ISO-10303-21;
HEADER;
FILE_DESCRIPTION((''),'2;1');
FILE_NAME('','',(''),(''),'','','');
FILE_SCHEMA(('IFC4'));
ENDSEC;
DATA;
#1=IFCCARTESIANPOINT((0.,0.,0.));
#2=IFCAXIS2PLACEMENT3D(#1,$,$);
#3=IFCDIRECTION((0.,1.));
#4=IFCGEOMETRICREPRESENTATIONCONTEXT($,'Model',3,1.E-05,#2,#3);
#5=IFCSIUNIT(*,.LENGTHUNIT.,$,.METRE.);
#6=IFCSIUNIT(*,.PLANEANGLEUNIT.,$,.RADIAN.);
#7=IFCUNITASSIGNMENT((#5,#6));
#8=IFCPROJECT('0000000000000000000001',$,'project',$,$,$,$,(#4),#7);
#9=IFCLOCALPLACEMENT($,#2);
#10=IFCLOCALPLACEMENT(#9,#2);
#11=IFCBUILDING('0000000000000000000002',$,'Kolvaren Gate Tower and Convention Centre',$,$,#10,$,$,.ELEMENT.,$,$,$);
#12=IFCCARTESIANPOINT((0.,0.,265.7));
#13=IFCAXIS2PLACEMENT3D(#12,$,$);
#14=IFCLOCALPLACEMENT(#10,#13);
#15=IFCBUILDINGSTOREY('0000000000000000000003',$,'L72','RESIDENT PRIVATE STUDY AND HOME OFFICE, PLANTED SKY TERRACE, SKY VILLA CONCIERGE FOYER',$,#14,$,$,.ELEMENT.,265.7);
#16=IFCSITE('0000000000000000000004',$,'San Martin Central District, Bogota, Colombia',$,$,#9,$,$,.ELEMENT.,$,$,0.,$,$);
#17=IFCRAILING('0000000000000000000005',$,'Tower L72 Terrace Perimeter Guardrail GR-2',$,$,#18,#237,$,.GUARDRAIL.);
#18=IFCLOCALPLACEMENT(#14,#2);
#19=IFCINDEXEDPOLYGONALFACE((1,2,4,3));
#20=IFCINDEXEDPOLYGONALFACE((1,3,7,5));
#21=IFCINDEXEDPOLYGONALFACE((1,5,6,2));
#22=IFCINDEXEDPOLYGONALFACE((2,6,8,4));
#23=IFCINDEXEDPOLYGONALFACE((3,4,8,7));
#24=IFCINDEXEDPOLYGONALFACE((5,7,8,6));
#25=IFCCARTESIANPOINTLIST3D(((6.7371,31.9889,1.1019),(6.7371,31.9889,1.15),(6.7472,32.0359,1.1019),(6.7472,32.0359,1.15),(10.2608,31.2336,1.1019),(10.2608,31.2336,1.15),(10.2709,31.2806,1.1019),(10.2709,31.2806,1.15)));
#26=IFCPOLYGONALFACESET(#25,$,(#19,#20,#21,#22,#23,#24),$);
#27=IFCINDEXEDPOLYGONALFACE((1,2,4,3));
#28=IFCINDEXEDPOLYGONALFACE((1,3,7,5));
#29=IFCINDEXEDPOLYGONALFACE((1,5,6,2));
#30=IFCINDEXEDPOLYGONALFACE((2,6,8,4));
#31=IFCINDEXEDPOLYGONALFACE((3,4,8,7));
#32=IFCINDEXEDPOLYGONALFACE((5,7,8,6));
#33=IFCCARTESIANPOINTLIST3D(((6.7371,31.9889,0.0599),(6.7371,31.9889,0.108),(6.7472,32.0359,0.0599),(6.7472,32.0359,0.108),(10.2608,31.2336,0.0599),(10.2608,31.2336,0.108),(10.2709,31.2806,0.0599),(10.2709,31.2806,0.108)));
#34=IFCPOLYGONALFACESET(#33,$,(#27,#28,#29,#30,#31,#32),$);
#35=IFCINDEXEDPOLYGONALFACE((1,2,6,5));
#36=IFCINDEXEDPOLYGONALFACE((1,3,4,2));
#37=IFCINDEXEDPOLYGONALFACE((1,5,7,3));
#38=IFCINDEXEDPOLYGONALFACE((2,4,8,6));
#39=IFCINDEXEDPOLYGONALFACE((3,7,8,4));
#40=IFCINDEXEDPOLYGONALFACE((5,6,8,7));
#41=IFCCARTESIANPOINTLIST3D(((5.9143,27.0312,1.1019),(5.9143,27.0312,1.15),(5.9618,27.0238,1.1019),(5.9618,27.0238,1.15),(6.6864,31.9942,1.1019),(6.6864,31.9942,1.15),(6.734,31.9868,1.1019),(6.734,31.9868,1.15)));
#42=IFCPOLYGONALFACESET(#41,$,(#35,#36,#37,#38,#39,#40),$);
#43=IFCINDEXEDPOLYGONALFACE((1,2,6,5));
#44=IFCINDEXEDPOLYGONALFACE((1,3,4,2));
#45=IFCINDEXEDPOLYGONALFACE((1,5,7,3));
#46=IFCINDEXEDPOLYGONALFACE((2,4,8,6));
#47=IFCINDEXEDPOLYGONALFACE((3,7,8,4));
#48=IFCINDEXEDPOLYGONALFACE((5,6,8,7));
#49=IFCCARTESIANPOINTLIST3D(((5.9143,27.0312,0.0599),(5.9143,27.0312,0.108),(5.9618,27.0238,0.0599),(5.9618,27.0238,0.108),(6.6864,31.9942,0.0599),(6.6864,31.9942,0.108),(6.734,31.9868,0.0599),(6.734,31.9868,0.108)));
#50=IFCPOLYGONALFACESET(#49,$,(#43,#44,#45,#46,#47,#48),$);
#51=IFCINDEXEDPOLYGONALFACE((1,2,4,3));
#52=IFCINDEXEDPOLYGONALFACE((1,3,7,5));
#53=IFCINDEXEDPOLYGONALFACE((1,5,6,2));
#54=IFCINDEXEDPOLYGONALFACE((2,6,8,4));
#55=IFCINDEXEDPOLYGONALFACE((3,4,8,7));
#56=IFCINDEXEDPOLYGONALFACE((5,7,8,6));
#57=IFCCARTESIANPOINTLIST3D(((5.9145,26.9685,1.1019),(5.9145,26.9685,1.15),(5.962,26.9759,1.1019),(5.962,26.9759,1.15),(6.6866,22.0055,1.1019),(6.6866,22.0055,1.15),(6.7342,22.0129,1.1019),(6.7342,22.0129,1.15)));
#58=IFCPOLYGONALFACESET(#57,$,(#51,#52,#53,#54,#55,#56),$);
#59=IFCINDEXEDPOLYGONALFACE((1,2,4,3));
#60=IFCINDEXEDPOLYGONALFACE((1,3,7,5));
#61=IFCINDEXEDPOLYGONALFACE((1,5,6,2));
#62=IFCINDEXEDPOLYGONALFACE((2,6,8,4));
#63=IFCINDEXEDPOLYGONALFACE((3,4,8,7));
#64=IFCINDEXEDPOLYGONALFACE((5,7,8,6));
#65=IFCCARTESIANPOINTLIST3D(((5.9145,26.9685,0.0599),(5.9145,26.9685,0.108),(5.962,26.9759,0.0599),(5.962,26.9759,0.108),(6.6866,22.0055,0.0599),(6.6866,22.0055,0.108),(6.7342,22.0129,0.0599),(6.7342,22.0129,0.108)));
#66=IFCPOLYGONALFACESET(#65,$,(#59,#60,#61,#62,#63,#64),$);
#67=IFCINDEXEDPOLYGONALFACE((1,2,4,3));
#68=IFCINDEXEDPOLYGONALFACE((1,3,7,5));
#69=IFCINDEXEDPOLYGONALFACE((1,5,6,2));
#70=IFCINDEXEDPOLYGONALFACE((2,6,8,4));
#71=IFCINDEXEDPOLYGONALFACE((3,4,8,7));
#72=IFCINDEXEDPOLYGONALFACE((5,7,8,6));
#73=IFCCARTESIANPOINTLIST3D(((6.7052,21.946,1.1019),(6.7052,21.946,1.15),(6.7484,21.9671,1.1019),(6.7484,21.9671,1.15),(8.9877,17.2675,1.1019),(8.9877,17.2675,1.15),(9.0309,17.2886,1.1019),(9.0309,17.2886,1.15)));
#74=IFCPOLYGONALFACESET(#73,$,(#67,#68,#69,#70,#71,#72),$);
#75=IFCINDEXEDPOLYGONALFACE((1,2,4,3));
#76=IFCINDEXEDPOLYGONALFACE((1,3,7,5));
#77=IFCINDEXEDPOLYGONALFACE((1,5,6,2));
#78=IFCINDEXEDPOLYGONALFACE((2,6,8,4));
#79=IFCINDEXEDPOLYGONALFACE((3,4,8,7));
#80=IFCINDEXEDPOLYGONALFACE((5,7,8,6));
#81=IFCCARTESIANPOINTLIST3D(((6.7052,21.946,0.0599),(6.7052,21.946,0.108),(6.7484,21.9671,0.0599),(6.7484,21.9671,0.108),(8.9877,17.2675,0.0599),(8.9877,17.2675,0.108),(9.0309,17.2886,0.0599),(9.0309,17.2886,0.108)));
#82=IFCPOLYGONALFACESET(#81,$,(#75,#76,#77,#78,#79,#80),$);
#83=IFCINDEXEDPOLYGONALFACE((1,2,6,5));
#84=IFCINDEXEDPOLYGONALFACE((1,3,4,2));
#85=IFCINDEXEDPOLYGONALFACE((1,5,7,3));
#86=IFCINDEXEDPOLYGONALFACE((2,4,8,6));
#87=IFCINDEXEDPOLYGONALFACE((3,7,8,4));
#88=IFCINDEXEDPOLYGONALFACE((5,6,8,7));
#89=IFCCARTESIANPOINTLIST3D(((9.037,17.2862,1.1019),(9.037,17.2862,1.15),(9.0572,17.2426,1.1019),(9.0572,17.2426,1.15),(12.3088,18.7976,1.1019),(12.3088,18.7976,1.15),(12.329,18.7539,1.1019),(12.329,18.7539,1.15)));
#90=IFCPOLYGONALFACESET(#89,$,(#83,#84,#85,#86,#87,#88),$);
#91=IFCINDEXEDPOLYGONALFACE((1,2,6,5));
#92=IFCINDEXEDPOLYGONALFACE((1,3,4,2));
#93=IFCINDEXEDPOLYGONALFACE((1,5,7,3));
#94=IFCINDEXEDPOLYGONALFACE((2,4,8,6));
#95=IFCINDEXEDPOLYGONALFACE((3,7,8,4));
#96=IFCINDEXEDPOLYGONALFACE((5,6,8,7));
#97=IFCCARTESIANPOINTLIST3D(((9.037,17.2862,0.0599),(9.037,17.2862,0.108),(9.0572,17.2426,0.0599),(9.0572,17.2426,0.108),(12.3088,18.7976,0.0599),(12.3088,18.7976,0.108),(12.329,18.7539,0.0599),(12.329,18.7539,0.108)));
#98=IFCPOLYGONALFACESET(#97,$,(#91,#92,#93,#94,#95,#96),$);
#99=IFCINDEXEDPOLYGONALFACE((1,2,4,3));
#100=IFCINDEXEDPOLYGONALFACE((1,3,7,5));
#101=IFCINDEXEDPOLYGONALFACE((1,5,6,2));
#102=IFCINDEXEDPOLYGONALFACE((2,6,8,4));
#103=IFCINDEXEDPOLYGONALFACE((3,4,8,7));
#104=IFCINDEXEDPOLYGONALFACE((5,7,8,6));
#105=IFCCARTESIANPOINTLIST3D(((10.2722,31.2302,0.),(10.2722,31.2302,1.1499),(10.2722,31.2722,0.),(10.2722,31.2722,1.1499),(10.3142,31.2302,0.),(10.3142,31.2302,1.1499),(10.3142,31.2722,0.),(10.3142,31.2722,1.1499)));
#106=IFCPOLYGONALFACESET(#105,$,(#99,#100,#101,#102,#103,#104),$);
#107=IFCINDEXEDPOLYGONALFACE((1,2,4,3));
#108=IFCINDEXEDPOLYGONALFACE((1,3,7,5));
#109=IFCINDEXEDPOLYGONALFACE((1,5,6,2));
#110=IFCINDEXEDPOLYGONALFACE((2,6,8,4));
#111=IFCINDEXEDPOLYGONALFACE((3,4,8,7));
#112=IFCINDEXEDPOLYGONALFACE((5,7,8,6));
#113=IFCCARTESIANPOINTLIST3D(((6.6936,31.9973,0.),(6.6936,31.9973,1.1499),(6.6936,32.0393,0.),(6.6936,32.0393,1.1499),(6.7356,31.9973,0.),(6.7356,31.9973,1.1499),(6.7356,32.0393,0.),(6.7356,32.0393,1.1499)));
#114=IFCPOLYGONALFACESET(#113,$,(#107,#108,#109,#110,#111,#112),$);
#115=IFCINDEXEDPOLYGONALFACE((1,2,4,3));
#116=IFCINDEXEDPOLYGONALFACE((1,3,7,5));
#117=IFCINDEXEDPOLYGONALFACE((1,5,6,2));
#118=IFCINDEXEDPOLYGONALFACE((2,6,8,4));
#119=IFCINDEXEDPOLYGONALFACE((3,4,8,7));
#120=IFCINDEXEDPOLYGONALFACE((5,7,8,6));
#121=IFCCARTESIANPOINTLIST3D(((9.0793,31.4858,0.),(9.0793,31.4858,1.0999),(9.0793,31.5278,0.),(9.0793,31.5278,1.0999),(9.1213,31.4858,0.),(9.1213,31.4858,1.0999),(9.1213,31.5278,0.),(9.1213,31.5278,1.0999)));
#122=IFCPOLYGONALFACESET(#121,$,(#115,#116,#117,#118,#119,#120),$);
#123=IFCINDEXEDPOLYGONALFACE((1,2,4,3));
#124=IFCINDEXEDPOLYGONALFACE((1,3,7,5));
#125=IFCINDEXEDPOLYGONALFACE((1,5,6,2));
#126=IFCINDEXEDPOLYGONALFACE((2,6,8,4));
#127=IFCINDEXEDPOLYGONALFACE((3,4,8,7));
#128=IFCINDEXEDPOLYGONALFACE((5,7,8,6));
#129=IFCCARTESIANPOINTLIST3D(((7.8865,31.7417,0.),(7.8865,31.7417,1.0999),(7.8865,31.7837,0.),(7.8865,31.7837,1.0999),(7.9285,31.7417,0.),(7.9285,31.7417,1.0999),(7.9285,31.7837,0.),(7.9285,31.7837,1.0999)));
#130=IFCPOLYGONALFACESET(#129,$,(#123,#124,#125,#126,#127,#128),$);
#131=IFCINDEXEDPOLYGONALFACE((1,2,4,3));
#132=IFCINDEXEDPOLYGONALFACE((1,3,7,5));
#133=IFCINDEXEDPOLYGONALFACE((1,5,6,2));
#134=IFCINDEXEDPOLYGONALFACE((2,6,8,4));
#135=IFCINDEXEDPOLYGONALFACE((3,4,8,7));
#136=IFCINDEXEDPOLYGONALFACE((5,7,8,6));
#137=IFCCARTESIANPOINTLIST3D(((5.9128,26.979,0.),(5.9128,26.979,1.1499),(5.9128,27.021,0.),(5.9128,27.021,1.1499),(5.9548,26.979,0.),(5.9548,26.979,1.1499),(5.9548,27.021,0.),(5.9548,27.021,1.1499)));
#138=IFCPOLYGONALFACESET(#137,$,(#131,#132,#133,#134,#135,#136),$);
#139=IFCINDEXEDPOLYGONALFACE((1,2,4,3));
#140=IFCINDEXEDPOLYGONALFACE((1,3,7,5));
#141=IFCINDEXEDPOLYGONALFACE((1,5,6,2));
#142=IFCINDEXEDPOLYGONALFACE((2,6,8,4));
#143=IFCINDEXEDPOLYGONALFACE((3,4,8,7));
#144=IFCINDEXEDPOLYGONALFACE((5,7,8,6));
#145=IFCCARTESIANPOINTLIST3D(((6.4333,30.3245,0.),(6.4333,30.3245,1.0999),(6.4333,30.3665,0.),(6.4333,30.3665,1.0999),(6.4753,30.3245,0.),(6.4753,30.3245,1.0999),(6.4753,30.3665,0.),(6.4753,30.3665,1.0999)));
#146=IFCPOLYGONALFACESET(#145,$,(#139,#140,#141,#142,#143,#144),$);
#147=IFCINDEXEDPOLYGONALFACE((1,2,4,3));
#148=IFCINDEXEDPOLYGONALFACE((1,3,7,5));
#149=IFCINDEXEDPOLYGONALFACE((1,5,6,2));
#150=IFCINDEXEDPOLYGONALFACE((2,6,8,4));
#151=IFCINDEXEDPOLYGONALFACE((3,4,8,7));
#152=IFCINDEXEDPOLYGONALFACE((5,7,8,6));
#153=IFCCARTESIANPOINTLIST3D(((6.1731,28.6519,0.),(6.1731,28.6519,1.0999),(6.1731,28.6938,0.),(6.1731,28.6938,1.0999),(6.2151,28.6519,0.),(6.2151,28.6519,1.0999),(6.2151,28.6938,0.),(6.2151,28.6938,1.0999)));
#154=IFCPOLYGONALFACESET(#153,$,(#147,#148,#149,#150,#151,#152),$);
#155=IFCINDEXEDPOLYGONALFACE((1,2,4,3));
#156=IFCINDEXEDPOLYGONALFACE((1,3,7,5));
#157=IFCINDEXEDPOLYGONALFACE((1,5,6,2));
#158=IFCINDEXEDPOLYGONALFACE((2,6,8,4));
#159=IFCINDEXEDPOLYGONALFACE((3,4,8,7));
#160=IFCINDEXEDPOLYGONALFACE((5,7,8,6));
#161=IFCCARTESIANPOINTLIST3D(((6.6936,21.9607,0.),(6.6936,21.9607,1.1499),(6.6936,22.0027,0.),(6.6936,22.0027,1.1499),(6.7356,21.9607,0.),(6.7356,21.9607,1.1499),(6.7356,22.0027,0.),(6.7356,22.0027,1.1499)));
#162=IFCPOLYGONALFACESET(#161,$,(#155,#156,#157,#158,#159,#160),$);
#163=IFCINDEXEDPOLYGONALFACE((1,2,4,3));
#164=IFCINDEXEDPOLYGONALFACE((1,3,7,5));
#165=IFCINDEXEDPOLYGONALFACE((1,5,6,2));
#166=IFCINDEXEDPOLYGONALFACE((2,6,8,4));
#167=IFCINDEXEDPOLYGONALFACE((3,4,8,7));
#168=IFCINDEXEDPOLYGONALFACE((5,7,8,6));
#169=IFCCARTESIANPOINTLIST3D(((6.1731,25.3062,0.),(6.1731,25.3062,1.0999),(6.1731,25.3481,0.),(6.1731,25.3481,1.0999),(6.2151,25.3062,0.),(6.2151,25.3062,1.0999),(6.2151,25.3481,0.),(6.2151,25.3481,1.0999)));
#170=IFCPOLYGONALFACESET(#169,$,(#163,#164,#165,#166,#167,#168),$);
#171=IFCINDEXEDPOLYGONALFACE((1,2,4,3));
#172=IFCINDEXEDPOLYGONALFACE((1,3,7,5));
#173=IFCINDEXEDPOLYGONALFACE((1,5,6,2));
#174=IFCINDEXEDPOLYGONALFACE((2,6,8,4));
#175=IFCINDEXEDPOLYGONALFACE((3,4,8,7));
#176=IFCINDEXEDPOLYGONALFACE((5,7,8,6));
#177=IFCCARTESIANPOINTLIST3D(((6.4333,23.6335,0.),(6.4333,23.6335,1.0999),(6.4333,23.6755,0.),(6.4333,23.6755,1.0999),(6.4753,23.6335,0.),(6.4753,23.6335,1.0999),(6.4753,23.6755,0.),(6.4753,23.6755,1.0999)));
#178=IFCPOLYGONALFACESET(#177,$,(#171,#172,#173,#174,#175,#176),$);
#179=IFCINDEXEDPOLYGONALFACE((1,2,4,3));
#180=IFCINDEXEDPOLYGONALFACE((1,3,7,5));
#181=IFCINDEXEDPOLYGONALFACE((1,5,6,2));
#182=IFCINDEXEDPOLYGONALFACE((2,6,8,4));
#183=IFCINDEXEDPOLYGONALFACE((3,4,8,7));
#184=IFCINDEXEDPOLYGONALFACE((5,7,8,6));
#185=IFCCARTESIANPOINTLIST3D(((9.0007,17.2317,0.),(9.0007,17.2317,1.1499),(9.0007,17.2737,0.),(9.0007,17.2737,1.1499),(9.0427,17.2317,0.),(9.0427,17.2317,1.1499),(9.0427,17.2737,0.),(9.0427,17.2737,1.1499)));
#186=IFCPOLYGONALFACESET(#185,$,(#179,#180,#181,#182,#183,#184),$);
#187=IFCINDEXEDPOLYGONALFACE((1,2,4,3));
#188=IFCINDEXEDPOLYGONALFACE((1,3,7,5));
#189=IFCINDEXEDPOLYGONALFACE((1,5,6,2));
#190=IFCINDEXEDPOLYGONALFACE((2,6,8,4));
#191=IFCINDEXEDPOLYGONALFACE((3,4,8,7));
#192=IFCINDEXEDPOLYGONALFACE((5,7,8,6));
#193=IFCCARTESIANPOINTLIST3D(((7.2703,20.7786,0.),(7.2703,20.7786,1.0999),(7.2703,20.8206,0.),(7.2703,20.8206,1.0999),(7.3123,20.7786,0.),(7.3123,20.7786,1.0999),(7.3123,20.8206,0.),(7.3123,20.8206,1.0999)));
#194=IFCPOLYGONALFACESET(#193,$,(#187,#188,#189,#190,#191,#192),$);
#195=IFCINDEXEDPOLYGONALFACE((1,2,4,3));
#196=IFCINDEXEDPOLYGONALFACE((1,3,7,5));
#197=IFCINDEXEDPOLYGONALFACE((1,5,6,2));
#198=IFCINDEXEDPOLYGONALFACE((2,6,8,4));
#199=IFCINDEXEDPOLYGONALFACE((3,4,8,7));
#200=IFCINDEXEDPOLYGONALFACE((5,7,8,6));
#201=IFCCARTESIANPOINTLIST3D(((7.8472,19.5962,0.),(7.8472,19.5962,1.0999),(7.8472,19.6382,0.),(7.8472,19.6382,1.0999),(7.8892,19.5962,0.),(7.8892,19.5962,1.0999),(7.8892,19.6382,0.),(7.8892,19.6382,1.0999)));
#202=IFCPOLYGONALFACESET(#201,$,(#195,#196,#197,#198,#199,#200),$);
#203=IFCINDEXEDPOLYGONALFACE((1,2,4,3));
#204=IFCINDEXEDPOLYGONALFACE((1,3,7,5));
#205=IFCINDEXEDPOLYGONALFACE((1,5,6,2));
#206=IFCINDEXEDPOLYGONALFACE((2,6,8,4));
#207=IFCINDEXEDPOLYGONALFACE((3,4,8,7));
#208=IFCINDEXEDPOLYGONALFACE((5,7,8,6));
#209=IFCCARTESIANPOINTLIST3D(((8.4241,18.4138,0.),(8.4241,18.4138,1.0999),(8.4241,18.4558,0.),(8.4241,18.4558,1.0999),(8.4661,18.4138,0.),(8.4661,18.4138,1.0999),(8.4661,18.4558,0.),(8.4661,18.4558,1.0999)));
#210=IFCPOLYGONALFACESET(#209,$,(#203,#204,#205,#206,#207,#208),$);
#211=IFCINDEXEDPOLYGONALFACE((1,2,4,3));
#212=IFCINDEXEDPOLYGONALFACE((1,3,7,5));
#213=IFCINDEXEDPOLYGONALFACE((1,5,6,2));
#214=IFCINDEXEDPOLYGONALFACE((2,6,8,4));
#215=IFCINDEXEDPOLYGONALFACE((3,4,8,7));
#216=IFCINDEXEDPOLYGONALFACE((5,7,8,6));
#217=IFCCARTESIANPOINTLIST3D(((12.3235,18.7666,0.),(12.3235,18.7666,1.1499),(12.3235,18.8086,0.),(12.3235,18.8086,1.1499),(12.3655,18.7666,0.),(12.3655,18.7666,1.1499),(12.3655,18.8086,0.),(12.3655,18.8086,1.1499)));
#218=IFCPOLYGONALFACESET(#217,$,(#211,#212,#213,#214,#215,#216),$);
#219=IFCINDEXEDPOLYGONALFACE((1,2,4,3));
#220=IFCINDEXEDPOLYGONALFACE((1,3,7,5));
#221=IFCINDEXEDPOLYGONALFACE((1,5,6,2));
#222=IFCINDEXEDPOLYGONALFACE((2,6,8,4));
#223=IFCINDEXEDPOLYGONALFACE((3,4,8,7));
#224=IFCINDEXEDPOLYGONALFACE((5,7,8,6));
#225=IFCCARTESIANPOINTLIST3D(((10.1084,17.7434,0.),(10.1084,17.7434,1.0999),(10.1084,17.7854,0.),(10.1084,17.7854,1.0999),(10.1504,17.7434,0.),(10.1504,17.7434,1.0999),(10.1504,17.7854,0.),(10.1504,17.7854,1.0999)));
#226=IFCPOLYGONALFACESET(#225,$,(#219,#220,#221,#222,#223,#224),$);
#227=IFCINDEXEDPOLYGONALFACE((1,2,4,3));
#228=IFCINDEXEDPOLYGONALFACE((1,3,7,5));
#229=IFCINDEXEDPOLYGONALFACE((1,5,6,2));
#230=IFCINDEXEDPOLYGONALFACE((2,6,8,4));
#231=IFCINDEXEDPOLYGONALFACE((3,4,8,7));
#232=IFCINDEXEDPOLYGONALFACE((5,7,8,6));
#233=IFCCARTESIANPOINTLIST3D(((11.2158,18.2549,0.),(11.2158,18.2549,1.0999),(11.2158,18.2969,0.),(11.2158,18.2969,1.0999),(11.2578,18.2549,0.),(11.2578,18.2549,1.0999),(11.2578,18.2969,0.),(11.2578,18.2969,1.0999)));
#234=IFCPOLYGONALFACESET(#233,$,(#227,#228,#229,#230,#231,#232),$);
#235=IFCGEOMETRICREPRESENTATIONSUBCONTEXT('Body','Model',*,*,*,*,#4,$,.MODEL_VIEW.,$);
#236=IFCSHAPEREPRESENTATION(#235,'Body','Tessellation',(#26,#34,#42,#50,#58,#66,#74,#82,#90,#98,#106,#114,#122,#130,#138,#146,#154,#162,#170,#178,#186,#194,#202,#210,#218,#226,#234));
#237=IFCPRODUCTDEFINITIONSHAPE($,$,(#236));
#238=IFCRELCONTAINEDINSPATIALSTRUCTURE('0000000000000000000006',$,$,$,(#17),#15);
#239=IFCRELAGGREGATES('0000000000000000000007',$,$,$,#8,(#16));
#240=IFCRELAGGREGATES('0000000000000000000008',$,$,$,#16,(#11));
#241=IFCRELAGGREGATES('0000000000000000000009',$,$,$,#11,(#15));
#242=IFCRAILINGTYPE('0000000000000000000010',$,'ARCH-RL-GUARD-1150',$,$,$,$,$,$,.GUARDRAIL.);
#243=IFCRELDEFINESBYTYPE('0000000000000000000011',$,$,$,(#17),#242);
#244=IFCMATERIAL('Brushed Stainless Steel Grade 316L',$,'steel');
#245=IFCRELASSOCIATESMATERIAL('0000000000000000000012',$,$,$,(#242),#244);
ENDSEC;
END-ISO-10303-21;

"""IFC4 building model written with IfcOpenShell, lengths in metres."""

from ifc_helpers import new_model, si_unit, direction, frame, origin, origin_2d, place, context, subcontext, project, spatial, rectangle, extrude, material, type_object, element, save


model = new_model("IFC4")

# Units and contexts
model_context = context("Model", 3, precision=1e-05, world=origin(), true_north=direction((0.0, 1.0)))
body_context = subcontext(model_context, "Body", "Model", "MODEL_VIEW")
ifc_project = project(units=[si_unit("LENGTHUNIT", "METRE"), si_unit("PLANEANGLEUNIT", "RADIAN")], contexts=[model_context])

# Site, building, storey
site_placement = place(None, origin())
site = spatial("IfcSite", under=ifc_project, at=site_placement, Name="San Martin Central District, Bogota, Colombia", CompositionType="ELEMENT", RefElevation=0.0)
building_placement = place(site_placement, origin())
building = spatial("IfcBuilding", under=site, at=building_placement, Name="Kolvaren Gate Tower and Convention Centre", CompositionType="ELEMENT")
storey_placement = place(building_placement, frame((0.0, 0.0, 265.7)))
storey = spatial("IfcBuildingStorey", under=building, at=storey_placement, Name="L72", Description="RESIDENT PRIVATE STUDY AND HOME OFFICE, PLANTED SKY TERRACE, SKY VILLA CONCIERGE FOYER", CompositionType="ELEMENT", Elevation=265.7)

# Railing
ifc_material_1 = material(Name="Brushed Stainless Steel Grade 316L", Category="steel")
railing_type = type_object("IfcRailingType", Name="ARCH-RL-GUARD-1150", PredefinedType="GUARDRAIL", material=ifc_material_1)
railing_placement = place(storey_placement, frame((10.2932, 31.2512, 0.0)))
element("IfcRailing", 1, at=railing_placement, inside=storey, type_object=railing_type, Name="Tower L72 Terrace Perimeter Guardrail GR-2", PredefinedType="GUARDRAIL", context=body_context, shape_type="SweptSolid", body=[
    extrude(rectangle(XDim=0.0481, YDim=0.0481, at=origin_2d()), frame((-0.0273, 0.0059, 1.126), z_axis=(-0.977789, 0.209593, 0.0), x_axis=(-0.209593, -0.977789, 0.0)), (0.0, 0.0, 1.0), 3.6038),
    extrude(rectangle(XDim=0.0481, YDim=0.0481, at=origin_2d()), frame((-0.0273, 0.0059, 0.084), z_axis=(-0.977789, 0.209593, 0.0), x_axis=(-0.209593, -0.977789, 0.0)), (0.0, 0.0, 1.0), 3.6038),
    extrude(rectangle(XDim=0.0481, YDim=0.0481, at=origin_2d()), frame((-3.583, 0.7393, 1.126), z_axis=(-0.153733, -0.988112, 0.0), x_axis=(0.988112, -0.153733, 0.0)), (0.0, 0.0, 1.0), 5.0227),
    extrude(rectangle(XDim=0.0481, YDim=0.0481, at=origin_2d()), frame((-3.583, 0.7393, 0.084), z_axis=(-0.153733, -0.988112, 0.0), x_axis=(0.988112, -0.153733, 0.0)), (0.0, 0.0, 1.0), 5.0227),
    extrude(rectangle(XDim=0.0481, YDim=0.0481, at=origin_2d()), frame((-4.355, -4.2791, 1.126), z_axis=(0.153733, -0.988112, 0.0), x_axis=(0.988112, 0.153733, 0.0)), (0.0, 0.0, 1.0), 5.0227),
    extrude(rectangle(XDim=0.0481, YDim=0.0481, at=origin_2d()), frame((-4.355, -4.2791, 0.084), z_axis=(0.153733, -0.988112, 0.0), x_axis=(0.988112, 0.153733, 0.0)), (0.0, 0.0, 1.0), 5.0227),
    extrude(rectangle(XDim=0.0481, YDim=0.0481, at=origin_2d()), frame((-3.5664, -9.2947, 1.126), z_axis=(0.438469, -0.898746, 0.0), x_axis=(0.898746, 0.438469, 0.0)), (0.0, 0.0, 1.0), 5.2056),
    extrude(rectangle(XDim=0.0481, YDim=0.0481, at=origin_2d()), frame((-3.5664, -9.2947, 0.084), z_axis=(0.438469, -0.898746, 0.0), x_axis=(0.898746, 0.438469, 0.0)), (0.0, 0.0, 1.0), 5.2056),
    extrude(rectangle(XDim=0.0481, YDim=0.0481, at=origin_2d()), frame((-1.2461, -13.9868, 1.126), z_axis=(0.907821, 0.419358, 0.0), x_axis=(-0.419358, 0.907821, 0.0)), (0.0, 0.0, 1.0), 3.604),
    extrude(rectangle(XDim=0.0481, YDim=0.0481, at=origin_2d()), frame((-1.2461, -13.9868, 0.084), z_axis=(0.907821, 0.419358, 0.0), x_axis=(-0.419358, 0.907821, 0.0)), (0.0, 0.0, 1.0), 3.604),
    extrude(rectangle(XDim=0.042, YDim=0.042, at=origin_2d()), origin(), (0.0, 0.0, 1.0), 1.1499),
    extrude(rectangle(XDim=0.042, YDim=0.042, at=origin_2d()), frame((-3.5786, 0.7671, 0.0)), (0.0, 0.0, 1.0), 1.1499),
    extrude(rectangle(XDim=0.042, YDim=0.042, at=origin_2d()), frame((-1.1929, 0.2556, 0.0)), (0.0, 0.0, 1.0), 1.0999),
    extrude(rectangle(XDim=0.042, YDim=0.042, at=origin_2d()), frame((-2.3857, 0.5115, 0.0)), (0.0, 0.0, 1.0), 1.0999),
    extrude(rectangle(XDim=0.042, YDim=0.042, at=origin_2d()), frame((-4.3594, -4.2512, 0.0)), (0.0, 0.0, 1.0), 1.1499),
    extrude(rectangle(XDim=0.042, YDim=0.042, at=origin_2d()), frame((-3.8389, -0.9058, 0.0)), (0.0, 0.0, 1.0), 1.0999),
    extrude(rectangle(XDim=0.042, YDim=0.042, at=origin_2d()), frame((-4.0991, -2.5784, 0.0)), (0.0, 0.0, 1.0), 1.0999),
    extrude(rectangle(XDim=0.042, YDim=0.042, at=origin_2d()), frame((-3.5786, -9.2695, 0.0)), (0.0, 0.0, 1.0), 1.1499),
    extrude(rectangle(XDim=0.042, YDim=0.042, at=origin_2d()), frame((-4.0991, -5.9241, 0.0)), (0.0, 0.0, 1.0), 1.0999),
    extrude(rectangle(XDim=0.042, YDim=0.042, at=origin_2d()), frame((-3.8389, -7.5967, 0.0)), (0.0, 0.0, 1.0), 1.0999),
    extrude(rectangle(XDim=0.042, YDim=0.042, at=origin_2d()), frame((-1.2715, -13.9985, 0.0)), (0.0, 0.0, 1.0), 1.1499),
    extrude(rectangle(XDim=0.042, YDim=0.042, at=origin_2d()), frame((-3.002, -10.4517, 0.0)), (0.0, 0.0, 1.0), 1.0999),
    extrude(rectangle(XDim=0.042, YDim=0.042, at=origin_2d()), frame((-2.425, -11.634, 0.0)), (0.0, 0.0, 1.0), 1.0999),
    extrude(rectangle(XDim=0.042, YDim=0.042, at=origin_2d()), frame((-1.8481, -12.8164, 0.0)), (0.0, 0.0, 1.0), 1.0999),
    extrude(rectangle(XDim=0.042, YDim=0.042, at=origin_2d()), frame((2.0513, -12.4636, 0.0)), (0.0, 0.0, 1.0), 1.1499),
    extrude(rectangle(XDim=0.042, YDim=0.042, at=origin_2d()), frame((-0.1638, -13.4868, 0.0)), (0.0, 0.0, 1.0), 1.0999),
    extrude(rectangle(XDim=0.042, YDim=0.042, at=origin_2d()), frame((0.9436, -12.9753, 0.0)), (0.0, 0.0, 1.0), 1.0999),
])

save(model, "model.ifc")
